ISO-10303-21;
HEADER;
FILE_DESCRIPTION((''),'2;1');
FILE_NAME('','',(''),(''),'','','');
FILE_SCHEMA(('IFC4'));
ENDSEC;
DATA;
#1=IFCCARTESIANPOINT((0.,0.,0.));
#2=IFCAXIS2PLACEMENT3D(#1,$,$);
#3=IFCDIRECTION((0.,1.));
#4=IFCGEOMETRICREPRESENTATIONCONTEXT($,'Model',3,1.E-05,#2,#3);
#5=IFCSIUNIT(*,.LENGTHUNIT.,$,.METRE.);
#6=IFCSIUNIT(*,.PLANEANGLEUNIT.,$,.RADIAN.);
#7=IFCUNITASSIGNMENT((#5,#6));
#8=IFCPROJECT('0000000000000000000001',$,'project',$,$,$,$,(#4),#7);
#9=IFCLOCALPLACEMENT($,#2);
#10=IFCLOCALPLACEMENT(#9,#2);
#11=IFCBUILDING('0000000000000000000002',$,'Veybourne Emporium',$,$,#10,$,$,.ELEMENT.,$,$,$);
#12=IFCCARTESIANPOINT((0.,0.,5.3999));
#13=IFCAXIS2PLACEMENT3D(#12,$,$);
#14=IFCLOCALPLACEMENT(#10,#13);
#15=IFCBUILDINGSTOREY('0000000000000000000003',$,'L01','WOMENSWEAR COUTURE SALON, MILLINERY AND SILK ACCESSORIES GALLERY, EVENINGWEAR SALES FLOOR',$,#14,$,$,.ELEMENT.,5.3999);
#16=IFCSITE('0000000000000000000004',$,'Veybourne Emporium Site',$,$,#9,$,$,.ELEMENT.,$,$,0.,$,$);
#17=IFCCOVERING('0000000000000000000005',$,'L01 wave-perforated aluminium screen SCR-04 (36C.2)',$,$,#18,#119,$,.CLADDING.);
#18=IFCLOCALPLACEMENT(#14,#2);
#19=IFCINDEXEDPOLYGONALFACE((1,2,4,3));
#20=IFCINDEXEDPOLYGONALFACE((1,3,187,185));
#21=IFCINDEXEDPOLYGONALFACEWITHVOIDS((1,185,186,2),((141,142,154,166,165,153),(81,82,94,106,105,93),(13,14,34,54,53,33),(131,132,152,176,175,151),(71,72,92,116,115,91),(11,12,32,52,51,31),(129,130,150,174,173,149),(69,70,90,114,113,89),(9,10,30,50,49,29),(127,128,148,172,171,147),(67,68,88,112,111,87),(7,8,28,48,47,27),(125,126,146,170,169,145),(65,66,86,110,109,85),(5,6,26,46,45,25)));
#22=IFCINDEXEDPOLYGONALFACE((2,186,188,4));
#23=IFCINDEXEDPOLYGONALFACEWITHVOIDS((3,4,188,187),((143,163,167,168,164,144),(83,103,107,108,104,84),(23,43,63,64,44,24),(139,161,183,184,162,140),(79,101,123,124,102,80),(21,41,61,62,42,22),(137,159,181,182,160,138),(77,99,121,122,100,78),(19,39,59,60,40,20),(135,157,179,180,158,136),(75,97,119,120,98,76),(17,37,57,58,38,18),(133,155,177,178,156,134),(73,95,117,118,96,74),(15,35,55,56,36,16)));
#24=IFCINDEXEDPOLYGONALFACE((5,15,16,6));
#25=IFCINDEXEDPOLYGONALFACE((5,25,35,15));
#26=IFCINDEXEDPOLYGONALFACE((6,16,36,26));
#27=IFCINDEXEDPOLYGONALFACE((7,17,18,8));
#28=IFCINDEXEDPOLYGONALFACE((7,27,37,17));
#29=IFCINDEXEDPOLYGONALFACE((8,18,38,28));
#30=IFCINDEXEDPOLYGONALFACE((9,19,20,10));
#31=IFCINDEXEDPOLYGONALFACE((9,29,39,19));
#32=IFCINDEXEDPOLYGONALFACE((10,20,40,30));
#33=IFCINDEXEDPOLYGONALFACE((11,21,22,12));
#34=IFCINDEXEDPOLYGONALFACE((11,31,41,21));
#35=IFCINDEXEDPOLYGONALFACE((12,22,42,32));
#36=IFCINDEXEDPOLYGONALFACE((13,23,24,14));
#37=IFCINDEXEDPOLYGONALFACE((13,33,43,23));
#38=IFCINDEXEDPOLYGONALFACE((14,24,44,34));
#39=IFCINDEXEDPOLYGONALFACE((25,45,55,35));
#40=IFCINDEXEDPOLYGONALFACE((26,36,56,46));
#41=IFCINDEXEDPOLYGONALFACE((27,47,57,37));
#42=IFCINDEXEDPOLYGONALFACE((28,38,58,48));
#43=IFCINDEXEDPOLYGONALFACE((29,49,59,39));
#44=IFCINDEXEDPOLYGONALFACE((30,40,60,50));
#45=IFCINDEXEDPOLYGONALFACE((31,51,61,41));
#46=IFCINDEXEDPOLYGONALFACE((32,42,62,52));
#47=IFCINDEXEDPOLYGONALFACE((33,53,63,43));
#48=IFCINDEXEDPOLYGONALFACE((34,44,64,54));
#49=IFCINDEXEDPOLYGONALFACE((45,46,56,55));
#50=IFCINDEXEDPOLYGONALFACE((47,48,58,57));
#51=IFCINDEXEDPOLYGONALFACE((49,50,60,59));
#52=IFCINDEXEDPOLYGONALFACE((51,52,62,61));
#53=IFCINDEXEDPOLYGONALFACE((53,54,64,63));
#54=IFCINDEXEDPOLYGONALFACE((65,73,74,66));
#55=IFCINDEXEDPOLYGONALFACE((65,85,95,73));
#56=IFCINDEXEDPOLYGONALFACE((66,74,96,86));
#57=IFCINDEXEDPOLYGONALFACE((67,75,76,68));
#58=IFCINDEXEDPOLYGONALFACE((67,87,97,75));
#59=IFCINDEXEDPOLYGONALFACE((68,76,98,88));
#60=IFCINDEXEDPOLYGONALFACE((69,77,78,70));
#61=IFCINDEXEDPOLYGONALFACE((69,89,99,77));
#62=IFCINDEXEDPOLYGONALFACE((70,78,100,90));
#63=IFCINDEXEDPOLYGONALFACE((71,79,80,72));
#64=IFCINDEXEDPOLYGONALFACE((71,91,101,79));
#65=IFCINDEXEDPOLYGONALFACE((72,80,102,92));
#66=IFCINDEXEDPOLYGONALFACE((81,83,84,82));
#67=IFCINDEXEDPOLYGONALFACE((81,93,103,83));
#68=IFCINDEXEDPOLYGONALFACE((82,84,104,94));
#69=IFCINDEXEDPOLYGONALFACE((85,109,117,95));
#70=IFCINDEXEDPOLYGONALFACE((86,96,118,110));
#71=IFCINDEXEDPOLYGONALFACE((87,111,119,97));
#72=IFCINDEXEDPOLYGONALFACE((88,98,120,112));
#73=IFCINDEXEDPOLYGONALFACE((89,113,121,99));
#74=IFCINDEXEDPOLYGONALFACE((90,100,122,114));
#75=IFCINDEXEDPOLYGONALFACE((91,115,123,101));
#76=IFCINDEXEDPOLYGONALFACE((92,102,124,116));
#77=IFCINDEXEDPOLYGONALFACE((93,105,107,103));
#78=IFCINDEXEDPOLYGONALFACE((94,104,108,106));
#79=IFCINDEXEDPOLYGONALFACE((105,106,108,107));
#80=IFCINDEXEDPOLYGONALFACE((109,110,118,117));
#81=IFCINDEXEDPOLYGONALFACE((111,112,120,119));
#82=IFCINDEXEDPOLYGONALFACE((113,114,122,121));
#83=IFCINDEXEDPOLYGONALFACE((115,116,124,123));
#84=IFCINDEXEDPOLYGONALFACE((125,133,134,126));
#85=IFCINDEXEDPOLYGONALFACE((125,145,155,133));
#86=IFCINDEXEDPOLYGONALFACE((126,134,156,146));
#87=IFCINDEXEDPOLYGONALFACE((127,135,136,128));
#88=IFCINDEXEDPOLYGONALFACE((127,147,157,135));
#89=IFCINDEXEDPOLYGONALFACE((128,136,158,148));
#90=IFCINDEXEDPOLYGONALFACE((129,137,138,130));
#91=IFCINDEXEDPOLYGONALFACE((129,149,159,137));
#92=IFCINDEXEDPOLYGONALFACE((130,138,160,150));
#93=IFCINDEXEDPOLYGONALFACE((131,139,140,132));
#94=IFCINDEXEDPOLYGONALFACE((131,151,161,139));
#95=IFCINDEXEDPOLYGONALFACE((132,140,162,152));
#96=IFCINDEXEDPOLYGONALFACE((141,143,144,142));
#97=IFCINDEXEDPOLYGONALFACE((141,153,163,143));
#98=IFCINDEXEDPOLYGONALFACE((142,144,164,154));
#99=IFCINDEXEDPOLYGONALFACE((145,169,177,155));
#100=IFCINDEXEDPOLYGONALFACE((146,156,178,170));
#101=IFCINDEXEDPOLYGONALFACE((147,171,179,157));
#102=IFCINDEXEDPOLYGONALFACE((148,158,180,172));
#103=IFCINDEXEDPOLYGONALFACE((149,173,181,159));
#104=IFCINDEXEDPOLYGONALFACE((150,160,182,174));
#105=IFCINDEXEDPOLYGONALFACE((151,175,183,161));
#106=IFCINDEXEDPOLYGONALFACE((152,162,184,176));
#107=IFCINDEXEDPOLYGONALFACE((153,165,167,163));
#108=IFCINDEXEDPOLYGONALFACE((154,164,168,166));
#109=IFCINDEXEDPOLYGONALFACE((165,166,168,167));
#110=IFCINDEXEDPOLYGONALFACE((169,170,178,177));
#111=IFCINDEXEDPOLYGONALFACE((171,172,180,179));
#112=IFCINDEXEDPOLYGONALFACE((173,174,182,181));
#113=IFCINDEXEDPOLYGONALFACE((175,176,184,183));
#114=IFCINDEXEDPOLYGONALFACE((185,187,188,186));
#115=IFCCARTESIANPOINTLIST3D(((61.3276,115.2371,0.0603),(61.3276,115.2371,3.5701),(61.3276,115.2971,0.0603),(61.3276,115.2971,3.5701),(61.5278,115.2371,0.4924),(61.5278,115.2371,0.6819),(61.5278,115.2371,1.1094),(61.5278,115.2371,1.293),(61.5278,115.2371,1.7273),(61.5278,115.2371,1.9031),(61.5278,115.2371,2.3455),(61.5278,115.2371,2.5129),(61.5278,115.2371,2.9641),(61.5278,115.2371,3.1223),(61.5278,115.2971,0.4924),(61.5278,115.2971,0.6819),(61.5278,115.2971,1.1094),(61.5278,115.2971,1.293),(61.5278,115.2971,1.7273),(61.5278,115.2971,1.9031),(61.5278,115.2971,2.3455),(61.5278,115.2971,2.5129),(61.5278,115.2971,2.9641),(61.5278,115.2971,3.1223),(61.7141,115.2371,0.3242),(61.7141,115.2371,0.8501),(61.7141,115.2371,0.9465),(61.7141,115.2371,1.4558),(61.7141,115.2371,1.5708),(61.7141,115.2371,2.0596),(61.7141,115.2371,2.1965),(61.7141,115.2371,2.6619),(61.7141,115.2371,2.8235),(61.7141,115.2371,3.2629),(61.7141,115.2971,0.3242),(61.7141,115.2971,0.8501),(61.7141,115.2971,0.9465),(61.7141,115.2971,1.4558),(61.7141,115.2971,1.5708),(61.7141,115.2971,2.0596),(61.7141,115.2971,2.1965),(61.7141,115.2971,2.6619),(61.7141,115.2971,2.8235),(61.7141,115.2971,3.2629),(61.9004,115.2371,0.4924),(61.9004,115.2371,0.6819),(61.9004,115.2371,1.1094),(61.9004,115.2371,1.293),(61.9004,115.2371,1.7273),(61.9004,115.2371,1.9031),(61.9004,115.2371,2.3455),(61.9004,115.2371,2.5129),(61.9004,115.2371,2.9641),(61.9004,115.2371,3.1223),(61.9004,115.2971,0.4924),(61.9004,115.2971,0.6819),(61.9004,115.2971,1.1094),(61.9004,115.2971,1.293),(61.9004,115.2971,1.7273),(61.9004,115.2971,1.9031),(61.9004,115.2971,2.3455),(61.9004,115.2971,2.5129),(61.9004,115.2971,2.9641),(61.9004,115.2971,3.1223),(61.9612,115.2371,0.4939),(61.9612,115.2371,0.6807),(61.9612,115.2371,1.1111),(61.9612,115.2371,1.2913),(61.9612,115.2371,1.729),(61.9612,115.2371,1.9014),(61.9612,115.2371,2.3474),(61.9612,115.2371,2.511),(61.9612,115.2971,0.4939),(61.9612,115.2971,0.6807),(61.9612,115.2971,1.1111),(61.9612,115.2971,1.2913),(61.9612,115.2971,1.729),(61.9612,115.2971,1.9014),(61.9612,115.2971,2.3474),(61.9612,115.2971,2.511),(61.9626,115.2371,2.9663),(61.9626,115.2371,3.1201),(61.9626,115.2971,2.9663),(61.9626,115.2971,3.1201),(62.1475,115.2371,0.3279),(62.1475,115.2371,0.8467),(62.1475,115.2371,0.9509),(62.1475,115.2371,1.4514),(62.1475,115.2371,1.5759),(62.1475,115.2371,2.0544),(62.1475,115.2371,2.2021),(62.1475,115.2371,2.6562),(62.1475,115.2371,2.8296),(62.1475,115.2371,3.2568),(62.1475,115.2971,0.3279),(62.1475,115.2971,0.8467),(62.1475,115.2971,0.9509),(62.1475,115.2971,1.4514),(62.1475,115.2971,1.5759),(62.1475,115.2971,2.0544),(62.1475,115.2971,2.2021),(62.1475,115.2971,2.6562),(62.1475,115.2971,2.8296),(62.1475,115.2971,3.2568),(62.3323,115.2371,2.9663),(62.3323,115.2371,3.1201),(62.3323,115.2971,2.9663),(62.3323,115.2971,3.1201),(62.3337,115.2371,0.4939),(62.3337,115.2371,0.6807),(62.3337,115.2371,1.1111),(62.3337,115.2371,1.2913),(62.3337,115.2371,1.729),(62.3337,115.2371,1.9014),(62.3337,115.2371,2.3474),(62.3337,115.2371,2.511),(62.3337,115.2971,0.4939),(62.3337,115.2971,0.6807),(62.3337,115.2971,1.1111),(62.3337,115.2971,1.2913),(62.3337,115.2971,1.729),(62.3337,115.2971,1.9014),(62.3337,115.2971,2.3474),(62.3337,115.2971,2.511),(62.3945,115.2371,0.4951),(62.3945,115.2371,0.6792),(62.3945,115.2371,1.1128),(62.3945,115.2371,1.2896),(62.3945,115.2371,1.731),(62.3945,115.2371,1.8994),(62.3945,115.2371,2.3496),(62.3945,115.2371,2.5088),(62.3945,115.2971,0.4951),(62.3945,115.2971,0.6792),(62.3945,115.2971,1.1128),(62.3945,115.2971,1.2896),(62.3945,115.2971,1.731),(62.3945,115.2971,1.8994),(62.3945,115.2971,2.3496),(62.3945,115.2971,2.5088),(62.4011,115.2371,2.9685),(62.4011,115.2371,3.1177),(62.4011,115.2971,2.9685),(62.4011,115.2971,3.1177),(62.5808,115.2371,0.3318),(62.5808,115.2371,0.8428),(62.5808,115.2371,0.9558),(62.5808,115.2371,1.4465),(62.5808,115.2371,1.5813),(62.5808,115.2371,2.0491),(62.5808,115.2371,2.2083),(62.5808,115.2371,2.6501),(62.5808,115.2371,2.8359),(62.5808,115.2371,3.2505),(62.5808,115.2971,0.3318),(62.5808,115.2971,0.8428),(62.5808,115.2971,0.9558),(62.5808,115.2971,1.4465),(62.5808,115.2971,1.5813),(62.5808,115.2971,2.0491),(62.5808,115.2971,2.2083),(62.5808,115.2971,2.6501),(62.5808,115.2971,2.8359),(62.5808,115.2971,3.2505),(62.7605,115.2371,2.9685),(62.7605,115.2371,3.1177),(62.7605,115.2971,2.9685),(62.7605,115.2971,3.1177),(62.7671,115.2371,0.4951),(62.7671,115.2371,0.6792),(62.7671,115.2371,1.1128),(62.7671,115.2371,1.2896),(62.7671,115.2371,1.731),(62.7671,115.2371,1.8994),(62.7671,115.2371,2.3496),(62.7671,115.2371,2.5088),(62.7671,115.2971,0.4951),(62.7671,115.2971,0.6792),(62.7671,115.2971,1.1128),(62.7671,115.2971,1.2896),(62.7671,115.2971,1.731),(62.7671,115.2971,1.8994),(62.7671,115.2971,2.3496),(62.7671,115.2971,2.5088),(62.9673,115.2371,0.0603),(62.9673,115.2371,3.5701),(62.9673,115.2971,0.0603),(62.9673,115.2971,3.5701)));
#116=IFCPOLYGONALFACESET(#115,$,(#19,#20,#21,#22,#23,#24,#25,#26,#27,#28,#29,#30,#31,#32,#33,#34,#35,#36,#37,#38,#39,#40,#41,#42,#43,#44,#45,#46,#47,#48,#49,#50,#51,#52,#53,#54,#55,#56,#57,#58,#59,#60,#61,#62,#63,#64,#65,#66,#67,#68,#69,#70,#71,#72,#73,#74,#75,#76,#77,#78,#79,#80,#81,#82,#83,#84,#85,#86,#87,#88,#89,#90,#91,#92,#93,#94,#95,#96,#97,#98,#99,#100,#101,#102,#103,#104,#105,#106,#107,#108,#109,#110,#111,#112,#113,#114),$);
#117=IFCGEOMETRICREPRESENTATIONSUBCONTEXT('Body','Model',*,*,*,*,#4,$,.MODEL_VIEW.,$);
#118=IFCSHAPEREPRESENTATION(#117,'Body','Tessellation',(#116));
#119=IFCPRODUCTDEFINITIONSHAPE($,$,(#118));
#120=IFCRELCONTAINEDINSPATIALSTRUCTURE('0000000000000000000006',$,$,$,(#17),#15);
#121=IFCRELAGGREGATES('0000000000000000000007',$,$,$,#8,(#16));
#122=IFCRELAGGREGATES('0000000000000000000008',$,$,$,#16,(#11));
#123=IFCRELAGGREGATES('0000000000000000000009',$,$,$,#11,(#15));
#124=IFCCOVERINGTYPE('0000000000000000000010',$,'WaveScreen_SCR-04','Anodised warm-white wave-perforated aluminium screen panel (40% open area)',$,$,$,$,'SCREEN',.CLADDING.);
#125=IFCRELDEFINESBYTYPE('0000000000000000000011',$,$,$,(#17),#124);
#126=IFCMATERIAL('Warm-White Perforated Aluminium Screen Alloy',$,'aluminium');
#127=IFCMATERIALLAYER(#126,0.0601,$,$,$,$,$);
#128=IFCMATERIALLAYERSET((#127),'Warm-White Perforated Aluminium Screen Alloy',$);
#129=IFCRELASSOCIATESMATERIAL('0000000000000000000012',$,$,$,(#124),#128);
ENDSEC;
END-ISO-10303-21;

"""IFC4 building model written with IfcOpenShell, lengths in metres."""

from ifc_helpers import new_model, si_unit, direction, frame, origin, place, context, subcontext, project, spatial, polyline, outline, extrude, material, layer, layer_set, type_object, element, save


model = new_model("IFC4")

# Units and contexts
model_context = context("Model", 3, precision=1e-05, world=origin(), true_north=direction((0.0, 1.0)))
body_context = subcontext(model_context, "Body", "Model", "MODEL_VIEW")
ifc_project = project(units=[si_unit("LENGTHUNIT", "METRE"), si_unit("PLANEANGLEUNIT", "RADIAN")], contexts=[model_context])

# Site, building, storey
site_placement = place(None, origin())
site = spatial("IfcSite", under=ifc_project, at=site_placement, Name="Veybourne Emporium Site", CompositionType="ELEMENT", RefElevation=0.0)
building_placement = place(site_placement, origin())
building = spatial("IfcBuilding", under=site, at=building_placement, Name="Veybourne Emporium", CompositionType="ELEMENT")
storey_placement = place(building_placement, frame((0.0, 0.0, 5.3999)))
storey = spatial("IfcBuildingStorey", under=building, at=storey_placement, Name="L01", Description="WOMENSWEAR COUTURE SALON, MILLINERY AND SILK ACCESSORIES GALLERY, EVENINGWEAR SALES FLOOR", CompositionType="ELEMENT", Elevation=5.3999)

# Covering
ifc_material_1 = material(Name="Warm-White Perforated Aluminium Screen Alloy", Category="aluminium")
ifc_layer_1 = layer(ifc_material_1, 0.0601)
ifc_layer_set_1 = layer_set([ifc_layer_1], Name="Warm-White Perforated Aluminium Screen Alloy")
covering_type_1 = type_object("IfcCoveringType", Name="WaveScreen_SCR-04", Description="Anodised warm-white wave-perforated aluminium screen panel (40% open area)", ElementType="SCREEN", PredefinedType="CLADDING", material=ifc_layer_set_1)
covering_1_placement = place(storey_placement, frame((62.1475, 115.2971, 1.8152), z_axis=(0.0, -1.0, 0.0), x_axis=(1.0, 0.0, 0.0)))
element("IfcCovering", 1, at=covering_1_placement, inside=storey, type_object=covering_type_1, Name="L01 wave-perforated aluminium screen SCR-04 (36C.2)", PredefinedType="CLADDING", context=body_context, shape_type="SweptSolid", body=[
    extrude(outline(polyline([(-0.8198, -1.7549), (0.8198, -1.7549), (0.8198, 1.7549), (-0.8198, 1.7549), (-0.8198, -1.7549)]), holes=[polyline([(-0.4333, -0.9651), (-0.2471, -1.1333), (-0.2471, -1.3228), (-0.4333, -1.491), (-0.6196, -1.3228), (-0.6196, -1.1333), (-0.4333, -0.9651)]), polyline([(-0.4333, -0.3594), (-0.2471, -0.5222), (-0.2471, -0.7058), (-0.4333, -0.8687), (-0.6196, -0.7058), (-0.6196, -0.5222), (-0.4333, -0.3594)]), polyline([(-0.4333, 0.2444), (-0.2471, 0.0879), (-0.2471, -0.0879), (-0.4333, -0.2444), (-0.6196, -0.0879), (-0.6196, 0.0879), (-0.4333, 0.2444)]), polyline([(-0.4333, 0.8467), (-0.2471, 0.6978), (-0.2471, 0.5303), (-0.4333, 0.3813), (-0.6196, 0.5303), (-0.6196, 0.6978), (-0.4333, 0.8467)]), polyline([(-0.4333, 1.4478), (-0.2471, 1.3071), (-0.2471, 1.1489), (-0.4333, 1.0083), (-0.6196, 1.1489), (-0.6196, 1.3071), (-0.4333, 1.4478)]), polyline([(0.0, -0.9685), (0.1863, -1.1345), (0.1863, -1.3213), (0.0, -1.4873), (-0.1863, -1.3213), (-0.1863, -1.1345), (0.0, -0.9685)]), polyline([(0.0, -0.3638), (0.1863, -0.5239), (0.1863, -0.7041), (0.0, -0.8643), (-0.1863, -0.7041), (-0.1863, -0.5239), (0.0, -0.3638)]), polyline([(0.0, 0.2393), (0.1863, 0.0862), (0.1863, -0.0862), (0.0, -0.2393), (-0.1863, -0.0862), (-0.1863, 0.0862), (0.0, 0.2393)]), polyline([(0.0, 0.8411), (0.1863, 0.6958), (0.1863, 0.5322), (0.0, 0.387), (-0.1863, 0.5322), (-0.1863, 0.6958), (0.0, 0.8411)]), polyline([(0.0, 1.4417), (0.1848, 1.3049), (0.1848, 1.1511), (0.0, 1.0144), (-0.1848, 1.1511), (-0.1848, 1.3049), (0.0, 1.4417)]), polyline([(0.4333, -0.9724), (0.6196, -1.136), (0.6196, -1.3201), (0.4333, -1.4834), (0.2471, -1.3201), (0.2471, -1.136), (0.4333, -0.9724)]), polyline([(0.4333, -0.3687), (0.6196, -0.5256), (0.6196, -0.7024), (0.4333, -0.8594), (0.2471, -0.7024), (0.2471, -0.5256), (0.4333, -0.3687)]), polyline([(0.4333, 0.2339), (0.6196, 0.0842), (0.6196, -0.0842), (0.4333, -0.2339), (0.2471, -0.0842), (0.2471, 0.0842), (0.4333, 0.2339)]), polyline([(0.4333, 0.835), (0.6196, 0.6936), (0.6196, 0.5344), (0.4333, 0.3931), (0.2471, 0.5344), (0.2471, 0.6936), (0.4333, 0.835)]), polyline([(0.4333, 1.4353), (0.613, 1.3025), (0.613, 1.1533), (0.4333, 1.0208), (0.2537, 1.1533), (0.2537, 1.3025), (0.4333, 1.4353)])]), origin(), (0.0, 0.0, 1.0), 0.0601),
])

save(model, "model.ifc")
